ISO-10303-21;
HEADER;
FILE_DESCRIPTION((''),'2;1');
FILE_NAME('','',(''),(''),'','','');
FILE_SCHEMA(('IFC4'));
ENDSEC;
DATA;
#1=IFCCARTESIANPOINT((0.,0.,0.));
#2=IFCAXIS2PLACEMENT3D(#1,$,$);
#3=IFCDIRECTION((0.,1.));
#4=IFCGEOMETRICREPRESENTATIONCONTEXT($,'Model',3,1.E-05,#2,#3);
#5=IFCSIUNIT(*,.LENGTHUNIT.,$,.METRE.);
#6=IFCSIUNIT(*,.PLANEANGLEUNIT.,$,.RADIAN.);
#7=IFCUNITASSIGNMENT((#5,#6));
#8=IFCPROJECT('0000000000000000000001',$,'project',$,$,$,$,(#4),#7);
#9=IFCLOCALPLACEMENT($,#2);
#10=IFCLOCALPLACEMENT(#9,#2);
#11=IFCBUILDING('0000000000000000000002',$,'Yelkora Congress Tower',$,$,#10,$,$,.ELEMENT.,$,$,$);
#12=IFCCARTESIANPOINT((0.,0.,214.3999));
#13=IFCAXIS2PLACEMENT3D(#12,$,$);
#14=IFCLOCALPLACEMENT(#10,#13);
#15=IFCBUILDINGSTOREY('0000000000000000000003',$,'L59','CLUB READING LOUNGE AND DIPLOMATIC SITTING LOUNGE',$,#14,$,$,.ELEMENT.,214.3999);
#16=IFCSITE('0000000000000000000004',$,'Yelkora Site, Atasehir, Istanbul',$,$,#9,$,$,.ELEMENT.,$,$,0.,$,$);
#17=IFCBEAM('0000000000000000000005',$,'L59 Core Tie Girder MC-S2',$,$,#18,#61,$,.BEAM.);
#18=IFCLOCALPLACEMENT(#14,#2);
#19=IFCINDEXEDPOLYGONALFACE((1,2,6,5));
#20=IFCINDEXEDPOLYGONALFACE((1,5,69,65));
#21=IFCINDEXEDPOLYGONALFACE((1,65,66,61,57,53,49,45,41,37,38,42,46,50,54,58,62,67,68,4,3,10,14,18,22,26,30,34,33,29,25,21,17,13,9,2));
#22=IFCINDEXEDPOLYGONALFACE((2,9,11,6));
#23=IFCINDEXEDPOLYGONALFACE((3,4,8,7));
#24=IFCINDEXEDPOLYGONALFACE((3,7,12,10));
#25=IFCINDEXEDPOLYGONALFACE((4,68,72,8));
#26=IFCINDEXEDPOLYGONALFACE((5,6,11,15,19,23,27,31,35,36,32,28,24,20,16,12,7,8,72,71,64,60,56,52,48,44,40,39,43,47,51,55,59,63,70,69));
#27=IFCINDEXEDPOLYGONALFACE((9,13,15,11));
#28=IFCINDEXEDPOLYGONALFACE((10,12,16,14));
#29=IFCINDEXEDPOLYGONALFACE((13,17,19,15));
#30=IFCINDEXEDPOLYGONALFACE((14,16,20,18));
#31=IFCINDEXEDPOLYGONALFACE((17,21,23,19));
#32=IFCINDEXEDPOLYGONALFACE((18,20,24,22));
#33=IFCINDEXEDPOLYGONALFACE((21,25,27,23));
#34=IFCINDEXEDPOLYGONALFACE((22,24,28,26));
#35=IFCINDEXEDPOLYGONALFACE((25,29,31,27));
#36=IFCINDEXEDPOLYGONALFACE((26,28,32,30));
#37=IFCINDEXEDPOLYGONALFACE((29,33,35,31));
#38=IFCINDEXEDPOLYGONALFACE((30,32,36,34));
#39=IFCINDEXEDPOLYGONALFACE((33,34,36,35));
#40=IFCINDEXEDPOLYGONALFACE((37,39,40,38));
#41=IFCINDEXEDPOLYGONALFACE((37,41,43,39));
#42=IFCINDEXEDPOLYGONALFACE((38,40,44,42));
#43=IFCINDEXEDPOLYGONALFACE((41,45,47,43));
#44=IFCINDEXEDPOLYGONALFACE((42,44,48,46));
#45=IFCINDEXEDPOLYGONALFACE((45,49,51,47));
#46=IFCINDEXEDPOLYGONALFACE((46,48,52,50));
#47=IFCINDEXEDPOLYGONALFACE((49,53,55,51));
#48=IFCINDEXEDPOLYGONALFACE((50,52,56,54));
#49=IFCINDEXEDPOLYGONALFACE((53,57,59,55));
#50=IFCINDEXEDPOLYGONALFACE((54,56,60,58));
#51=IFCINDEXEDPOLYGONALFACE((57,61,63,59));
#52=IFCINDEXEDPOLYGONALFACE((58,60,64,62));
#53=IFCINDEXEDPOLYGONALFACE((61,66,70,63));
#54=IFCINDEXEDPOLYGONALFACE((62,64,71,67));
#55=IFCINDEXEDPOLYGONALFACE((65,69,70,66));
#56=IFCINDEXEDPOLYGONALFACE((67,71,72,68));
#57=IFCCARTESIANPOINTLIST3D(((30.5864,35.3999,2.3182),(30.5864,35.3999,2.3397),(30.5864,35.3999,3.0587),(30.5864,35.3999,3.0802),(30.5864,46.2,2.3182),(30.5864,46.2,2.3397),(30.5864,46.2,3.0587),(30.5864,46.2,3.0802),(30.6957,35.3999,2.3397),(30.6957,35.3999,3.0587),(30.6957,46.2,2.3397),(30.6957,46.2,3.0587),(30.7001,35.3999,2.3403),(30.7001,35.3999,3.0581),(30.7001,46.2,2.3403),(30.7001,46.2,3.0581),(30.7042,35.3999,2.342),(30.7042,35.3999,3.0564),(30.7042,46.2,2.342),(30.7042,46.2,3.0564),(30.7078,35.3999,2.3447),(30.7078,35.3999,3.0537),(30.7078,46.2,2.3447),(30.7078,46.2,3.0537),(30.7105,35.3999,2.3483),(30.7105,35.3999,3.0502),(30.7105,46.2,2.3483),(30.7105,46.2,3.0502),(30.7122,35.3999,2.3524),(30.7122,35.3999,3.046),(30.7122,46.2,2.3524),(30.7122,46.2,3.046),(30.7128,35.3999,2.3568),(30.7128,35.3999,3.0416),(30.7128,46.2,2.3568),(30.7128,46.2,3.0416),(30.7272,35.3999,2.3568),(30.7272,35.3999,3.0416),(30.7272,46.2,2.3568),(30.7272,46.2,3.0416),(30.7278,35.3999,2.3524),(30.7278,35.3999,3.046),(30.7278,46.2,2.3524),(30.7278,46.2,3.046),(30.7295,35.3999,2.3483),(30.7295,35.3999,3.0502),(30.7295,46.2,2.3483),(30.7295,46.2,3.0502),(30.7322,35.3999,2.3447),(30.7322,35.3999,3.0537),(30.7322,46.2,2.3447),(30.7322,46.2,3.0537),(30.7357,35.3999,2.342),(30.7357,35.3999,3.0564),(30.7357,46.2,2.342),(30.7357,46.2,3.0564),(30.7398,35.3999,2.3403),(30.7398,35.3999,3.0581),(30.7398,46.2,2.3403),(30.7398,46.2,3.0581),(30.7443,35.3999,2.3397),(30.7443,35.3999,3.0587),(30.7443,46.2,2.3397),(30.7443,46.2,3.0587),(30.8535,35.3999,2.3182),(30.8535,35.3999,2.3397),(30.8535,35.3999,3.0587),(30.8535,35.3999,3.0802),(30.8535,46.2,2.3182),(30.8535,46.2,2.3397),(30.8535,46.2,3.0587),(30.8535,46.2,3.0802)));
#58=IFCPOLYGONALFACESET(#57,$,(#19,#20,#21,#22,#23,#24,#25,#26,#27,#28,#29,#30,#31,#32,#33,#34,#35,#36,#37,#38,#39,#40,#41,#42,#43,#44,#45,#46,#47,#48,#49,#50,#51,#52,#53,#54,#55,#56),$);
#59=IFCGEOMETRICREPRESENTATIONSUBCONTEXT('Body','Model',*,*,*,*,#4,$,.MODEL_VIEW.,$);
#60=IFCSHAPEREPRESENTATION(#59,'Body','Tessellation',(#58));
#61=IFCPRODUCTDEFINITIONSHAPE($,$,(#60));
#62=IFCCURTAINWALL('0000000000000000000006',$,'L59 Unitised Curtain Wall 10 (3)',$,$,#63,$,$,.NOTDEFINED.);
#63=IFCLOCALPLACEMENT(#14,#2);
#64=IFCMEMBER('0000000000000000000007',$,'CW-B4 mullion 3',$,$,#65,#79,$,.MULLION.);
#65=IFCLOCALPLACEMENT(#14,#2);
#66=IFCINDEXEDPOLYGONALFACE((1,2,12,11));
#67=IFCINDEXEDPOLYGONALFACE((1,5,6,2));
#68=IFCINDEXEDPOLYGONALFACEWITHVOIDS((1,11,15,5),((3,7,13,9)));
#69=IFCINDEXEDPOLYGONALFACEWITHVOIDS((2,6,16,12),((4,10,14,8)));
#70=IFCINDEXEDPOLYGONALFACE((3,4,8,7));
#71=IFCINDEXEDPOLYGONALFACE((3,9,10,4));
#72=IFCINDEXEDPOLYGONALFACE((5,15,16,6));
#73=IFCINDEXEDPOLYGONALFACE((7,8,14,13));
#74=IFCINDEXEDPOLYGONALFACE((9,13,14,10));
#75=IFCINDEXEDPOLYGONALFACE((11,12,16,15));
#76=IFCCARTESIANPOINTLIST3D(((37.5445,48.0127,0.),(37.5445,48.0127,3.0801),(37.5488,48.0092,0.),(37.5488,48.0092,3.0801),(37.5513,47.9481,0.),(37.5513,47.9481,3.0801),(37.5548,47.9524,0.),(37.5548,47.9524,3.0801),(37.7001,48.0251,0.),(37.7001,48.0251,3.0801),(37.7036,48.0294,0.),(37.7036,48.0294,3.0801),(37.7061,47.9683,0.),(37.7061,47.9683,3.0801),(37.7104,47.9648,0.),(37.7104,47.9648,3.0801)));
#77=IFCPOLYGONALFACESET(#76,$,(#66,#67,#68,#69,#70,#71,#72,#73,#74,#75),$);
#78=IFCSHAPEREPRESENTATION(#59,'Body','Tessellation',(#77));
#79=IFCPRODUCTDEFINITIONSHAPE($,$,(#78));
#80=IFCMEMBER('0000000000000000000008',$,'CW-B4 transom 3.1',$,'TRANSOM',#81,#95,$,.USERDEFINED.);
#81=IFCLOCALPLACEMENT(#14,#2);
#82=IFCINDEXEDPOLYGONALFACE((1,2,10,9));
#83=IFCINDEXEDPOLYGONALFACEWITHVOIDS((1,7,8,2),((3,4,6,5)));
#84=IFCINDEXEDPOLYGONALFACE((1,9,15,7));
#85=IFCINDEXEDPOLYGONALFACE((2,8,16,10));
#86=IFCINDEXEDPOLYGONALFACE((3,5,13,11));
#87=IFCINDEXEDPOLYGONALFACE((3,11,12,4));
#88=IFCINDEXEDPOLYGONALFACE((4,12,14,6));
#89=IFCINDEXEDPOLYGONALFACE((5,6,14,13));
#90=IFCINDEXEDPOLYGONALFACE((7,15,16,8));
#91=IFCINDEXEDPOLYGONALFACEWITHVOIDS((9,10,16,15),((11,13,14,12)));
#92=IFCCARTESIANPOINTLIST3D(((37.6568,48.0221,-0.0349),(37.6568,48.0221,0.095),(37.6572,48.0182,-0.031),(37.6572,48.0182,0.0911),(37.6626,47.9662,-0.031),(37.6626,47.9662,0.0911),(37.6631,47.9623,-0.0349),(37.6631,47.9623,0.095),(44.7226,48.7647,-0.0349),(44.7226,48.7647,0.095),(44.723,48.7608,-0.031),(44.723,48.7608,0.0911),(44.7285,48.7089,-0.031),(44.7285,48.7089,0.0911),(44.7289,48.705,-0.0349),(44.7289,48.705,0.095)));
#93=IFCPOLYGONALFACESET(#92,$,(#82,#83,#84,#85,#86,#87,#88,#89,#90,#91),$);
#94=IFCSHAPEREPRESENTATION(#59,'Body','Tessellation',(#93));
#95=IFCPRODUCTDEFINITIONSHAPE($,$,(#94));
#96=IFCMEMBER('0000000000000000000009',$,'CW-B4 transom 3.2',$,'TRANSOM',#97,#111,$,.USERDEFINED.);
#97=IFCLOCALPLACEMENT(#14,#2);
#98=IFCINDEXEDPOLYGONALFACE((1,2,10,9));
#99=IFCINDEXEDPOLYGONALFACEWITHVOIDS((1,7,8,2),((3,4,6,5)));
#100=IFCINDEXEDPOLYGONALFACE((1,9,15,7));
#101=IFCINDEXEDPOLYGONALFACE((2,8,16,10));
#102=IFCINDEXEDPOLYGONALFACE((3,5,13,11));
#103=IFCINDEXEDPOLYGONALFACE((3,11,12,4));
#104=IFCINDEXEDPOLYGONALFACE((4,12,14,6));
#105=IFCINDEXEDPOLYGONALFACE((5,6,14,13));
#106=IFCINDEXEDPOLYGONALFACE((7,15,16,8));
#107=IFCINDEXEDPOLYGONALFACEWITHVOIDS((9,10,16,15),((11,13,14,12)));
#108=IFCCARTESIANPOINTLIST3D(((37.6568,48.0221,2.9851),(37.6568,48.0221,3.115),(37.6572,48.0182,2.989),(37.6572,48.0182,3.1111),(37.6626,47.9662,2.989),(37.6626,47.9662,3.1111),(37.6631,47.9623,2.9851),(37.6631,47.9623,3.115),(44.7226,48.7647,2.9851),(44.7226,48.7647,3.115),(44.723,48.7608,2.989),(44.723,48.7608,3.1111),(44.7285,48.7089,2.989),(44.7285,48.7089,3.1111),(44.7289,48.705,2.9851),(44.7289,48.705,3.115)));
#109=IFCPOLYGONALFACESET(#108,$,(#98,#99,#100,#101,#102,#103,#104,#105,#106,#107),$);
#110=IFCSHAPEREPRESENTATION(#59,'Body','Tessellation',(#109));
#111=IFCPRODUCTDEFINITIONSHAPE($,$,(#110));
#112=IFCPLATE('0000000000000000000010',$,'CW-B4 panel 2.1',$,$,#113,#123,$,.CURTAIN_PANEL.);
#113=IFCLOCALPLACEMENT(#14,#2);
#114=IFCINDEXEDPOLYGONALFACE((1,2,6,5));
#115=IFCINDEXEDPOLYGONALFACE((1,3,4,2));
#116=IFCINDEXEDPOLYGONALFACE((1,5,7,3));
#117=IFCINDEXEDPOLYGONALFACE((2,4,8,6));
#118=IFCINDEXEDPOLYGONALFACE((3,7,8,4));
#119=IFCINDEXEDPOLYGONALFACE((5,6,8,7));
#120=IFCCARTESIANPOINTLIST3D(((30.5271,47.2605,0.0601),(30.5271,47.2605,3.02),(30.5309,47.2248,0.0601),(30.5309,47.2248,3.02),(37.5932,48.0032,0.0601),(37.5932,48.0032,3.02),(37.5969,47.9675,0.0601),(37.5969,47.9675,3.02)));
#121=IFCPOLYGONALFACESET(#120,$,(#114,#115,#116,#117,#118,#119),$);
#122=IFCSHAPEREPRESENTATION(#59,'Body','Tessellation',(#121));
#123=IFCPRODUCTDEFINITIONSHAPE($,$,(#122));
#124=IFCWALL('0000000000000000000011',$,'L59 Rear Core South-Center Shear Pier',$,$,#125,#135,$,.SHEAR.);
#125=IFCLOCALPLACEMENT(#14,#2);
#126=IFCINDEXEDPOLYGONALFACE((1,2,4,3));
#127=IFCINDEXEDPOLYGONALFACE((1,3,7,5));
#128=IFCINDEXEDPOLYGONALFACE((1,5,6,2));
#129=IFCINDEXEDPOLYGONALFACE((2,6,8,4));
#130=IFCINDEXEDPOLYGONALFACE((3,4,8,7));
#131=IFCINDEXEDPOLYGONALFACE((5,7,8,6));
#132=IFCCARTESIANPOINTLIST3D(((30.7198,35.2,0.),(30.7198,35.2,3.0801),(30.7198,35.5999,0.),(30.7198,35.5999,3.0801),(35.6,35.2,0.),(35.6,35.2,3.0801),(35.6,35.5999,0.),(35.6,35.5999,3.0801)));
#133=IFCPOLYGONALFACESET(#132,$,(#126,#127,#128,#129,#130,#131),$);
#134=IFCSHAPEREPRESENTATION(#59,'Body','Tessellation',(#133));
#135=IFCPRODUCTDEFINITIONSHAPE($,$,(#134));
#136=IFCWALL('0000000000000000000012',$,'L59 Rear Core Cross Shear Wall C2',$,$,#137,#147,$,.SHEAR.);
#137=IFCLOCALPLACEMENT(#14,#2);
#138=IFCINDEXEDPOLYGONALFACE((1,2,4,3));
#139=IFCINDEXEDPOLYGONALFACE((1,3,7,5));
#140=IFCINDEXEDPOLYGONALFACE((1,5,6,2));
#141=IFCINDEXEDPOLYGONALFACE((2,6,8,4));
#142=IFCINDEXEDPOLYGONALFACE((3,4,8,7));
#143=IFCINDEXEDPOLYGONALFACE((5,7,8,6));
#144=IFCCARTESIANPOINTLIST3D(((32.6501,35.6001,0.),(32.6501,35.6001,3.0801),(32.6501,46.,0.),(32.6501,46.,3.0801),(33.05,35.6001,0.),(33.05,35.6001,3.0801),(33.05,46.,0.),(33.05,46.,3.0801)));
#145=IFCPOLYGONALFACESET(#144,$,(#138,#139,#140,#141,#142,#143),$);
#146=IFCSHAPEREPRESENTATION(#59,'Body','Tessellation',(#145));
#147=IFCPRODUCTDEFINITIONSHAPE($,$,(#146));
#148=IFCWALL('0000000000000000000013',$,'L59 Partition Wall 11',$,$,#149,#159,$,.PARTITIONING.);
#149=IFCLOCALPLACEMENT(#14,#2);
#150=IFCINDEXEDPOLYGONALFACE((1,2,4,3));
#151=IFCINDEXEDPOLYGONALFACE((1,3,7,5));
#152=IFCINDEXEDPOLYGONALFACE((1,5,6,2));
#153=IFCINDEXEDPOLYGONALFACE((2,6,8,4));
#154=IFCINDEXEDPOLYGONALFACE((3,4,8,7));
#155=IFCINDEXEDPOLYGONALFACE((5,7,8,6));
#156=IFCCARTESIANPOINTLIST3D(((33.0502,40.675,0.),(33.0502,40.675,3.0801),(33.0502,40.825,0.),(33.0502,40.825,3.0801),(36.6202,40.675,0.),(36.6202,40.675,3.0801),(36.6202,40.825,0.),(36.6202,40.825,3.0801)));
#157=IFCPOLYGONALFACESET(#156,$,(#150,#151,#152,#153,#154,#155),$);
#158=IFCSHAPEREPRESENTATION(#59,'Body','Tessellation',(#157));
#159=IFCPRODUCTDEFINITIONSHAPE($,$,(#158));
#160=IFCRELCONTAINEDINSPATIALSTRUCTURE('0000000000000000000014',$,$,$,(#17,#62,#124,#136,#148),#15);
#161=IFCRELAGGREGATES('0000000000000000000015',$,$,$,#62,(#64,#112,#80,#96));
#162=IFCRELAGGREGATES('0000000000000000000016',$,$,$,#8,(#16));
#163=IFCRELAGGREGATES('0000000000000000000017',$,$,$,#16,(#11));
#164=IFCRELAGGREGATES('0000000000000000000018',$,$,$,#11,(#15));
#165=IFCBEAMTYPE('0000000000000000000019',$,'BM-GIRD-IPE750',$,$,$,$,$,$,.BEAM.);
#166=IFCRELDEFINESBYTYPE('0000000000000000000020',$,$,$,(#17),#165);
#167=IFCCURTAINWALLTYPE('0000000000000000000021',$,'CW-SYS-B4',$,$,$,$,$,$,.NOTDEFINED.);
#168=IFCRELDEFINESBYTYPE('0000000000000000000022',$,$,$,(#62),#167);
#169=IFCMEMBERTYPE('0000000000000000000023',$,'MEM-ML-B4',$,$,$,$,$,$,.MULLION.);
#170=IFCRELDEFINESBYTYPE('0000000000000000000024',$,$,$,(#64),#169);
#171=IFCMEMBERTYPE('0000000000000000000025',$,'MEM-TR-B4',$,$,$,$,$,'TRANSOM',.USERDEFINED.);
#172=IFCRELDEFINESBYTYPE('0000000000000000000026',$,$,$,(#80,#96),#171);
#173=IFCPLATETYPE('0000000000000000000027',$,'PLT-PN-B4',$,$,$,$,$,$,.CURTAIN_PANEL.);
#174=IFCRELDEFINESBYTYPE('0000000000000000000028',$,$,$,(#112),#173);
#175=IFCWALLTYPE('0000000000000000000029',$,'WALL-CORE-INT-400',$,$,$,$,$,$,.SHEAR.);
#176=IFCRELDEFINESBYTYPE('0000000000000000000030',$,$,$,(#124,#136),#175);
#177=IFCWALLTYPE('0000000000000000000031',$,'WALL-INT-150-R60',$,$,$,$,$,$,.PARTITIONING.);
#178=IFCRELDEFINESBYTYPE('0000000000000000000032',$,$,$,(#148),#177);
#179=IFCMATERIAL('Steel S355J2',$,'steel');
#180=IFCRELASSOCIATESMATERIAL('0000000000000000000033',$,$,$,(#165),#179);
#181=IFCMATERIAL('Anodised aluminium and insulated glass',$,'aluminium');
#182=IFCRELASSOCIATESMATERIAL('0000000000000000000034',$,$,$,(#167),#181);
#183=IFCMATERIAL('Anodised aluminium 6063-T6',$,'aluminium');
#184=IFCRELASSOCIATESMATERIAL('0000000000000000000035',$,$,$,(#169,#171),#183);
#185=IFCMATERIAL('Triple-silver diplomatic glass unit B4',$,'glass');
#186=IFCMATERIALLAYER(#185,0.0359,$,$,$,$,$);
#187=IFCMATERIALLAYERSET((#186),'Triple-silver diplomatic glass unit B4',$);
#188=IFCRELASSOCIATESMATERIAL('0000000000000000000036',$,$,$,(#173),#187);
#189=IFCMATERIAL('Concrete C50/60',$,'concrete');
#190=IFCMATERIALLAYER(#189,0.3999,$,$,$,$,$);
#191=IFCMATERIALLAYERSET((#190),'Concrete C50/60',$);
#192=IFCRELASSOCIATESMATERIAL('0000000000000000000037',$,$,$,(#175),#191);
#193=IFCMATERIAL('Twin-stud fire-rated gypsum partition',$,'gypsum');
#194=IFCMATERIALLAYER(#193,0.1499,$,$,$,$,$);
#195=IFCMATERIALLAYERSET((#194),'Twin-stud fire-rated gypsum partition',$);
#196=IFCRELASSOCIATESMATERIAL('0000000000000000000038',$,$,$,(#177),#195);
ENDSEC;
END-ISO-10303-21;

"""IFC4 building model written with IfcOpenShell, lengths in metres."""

from ifc_helpers import new_model, si_unit, direction, frame, frame_2d, origin, origin_2d, place, context, subcontext, project, spatial, rectangle, hollow_rectangle, i_section, extrude, material, layer, layer_set, material_profile, profile_set, type_object, element, aggregate, save


model = new_model("IFC4")

# Units and contexts
model_context = context("Model", 3, precision=1e-05, world=origin(), true_north=direction((0.0, 1.0)))
body_context = subcontext(model_context, "Body", "Model", "MODEL_VIEW")
ifc_project = project(units=[si_unit("LENGTHUNIT", "METRE"), si_unit("PLANEANGLEUNIT", "RADIAN")], contexts=[model_context])

# Site, building, storey
site_placement = place(None, origin())
site = spatial("IfcSite", under=ifc_project, at=site_placement, Name="Yelkora Site, Atasehir, Istanbul", CompositionType="ELEMENT", RefElevation=0.0)
building_placement = place(site_placement, origin())
building = spatial("IfcBuilding", under=site, at=building_placement, Name="Yelkora Congress Tower", CompositionType="ELEMENT")
storey_placement = place(building_placement, frame((0.0, 0.0, 214.3999)))
storey = spatial("IfcBuildingStorey", under=building, at=storey_placement, Name="L59", Description="CLUB READING LOUNGE AND DIPLOMATIC SITTING LOUNGE", CompositionType="ELEMENT", Elevation=214.3999)

# Beam
ifc_material_1 = material(Name="Steel S355J2", Category="steel")
ifc_material_profile_1 = material_profile(ifc_material_1, i_section(OverallWidth=0.2671, OverallDepth=0.762, WebThickness=0.0144, FlangeThickness=0.0215, FilletRadius=0.0171, at=origin_2d()), Name="IPE 750x173")
ifc_profile_set_1 = profile_set([ifc_material_profile_1], Name="Steel S355J2")
beam_type = type_object("IfcBeamType", Name="BM-GIRD-IPE750", PredefinedType="BEAM", material=ifc_profile_set_1)
beam_1_placement = place(storey_placement, frame((30.72, 35.3999, 2.6992), z_axis=(0.0, 1.0, 0.0), x_axis=(-1.0, 0.0, 0.0)))
element("IfcBeam", 1, at=beam_1_placement, inside=storey, type_object=beam_type, Name="L59 Core Tie Girder MC-S2", PredefinedType="BEAM", context=body_context, shape_type="SweptSolid", body=[
    extrude(i_section(OverallWidth=0.2671, OverallDepth=0.762, WebThickness=0.0144, FlangeThickness=0.0215, FilletRadius=0.0171, at=origin_2d()), origin(), (0.0, 0.0, 1.0), 10.8),
])

# Curtain wall, members, plate
ifc_material_2 = material(Name="Anodised aluminium and insulated glass", Category="aluminium")
curtain_wall_type = type_object("IfcCurtainWallType", Name="CW-SYS-B4", PredefinedType="NOTDEFINED", material=ifc_material_2)
curtain_wall_placement = place(storey_placement, origin())
curtain_wall = element("IfcCurtainWall", 2, at=curtain_wall_placement, inside=storey, type_object=curtain_wall_type, Name="L59 Unitised Curtain Wall 10 (3)", PredefinedType="NOTDEFINED")
ifc_material_3 = material(Name="Anodised aluminium 6063-T6", Category="aluminium")
ifc_material_profile_2 = material_profile(ifc_material_3, hollow_rectangle(XDim=0.0649, YDim=0.1599, WallThickness=0.0039, at=origin_2d()), Name="ALU 65x160x4")
ifc_profile_set_2 = profile_set([ifc_material_profile_2], Name="Anodised aluminium 6063-T6")
member_type_1 = type_object("IfcMemberType", Name="MEM-ML-B4", PredefinedType="MULLION", material=ifc_profile_set_2)
member_1_placement = place(storey_placement, frame((37.6274, 47.9888, 0.0), z_axis=(0.0, 0.0, 1.0), x_axis=(-0.104528, 0.994522, 0.0)))
member_1 = element("IfcMember", 3, at=member_1_placement, type_object=member_type_1, Name="CW-B4 mullion 3", PredefinedType="MULLION", context=body_context, shape_type="SweptSolid", body=[
    extrude(hollow_rectangle(XDim=0.0649, YDim=0.1599, WallThickness=0.0039, at=origin_2d()), origin(), (0.0, 0.0, 1.0), 3.0801),
])
ifc_material_profile_3 = material_profile(ifc_material_3, hollow_rectangle(XDim=0.0601, YDim=0.1299, WallThickness=0.0039, at=origin_2d()), Name="ALU 60x130x4")
ifc_profile_set_3 = profile_set([ifc_material_profile_3], Name="Anodised aluminium 6063-T6")
member_type_2 = type_object("IfcMemberType", Name="MEM-TR-B4", ElementType="TRANSOM", PredefinedType="USERDEFINED", material=ifc_profile_set_3)
member_2_placement = place(storey_placement, frame((37.6599, 47.9922, 0.03), z_axis=(0.994522, 0.104531, 0.0), x_axis=(-0.104531, 0.994522, 0.0)))
member_2 = element("IfcMember", 4, at=member_2_placement, type_object=member_type_2, Name="CW-B4 transom 3.1", ObjectType="TRANSOM", PredefinedType="USERDEFINED", context=body_context, shape_type="SweptSolid", body=[
    extrude(hollow_rectangle(XDim=0.0601, YDim=0.1299, WallThickness=0.0039, at=origin_2d()), origin(), (0.0, 0.0, 1.0), 7.1047),
])
member_3_placement = place(storey_placement, frame((37.6599, 47.9922, 3.05), z_axis=(0.994522, 0.104531, 0.0), x_axis=(-0.104531, 0.994522, 0.0)))
member_3 = element("IfcMember", 5, at=member_3_placement, type_object=member_type_2, Name="CW-B4 transom 3.2", ObjectType="TRANSOM", PredefinedType="USERDEFINED", context=body_context, shape_type="SweptSolid", body=[
    extrude(hollow_rectangle(XDim=0.0601, YDim=0.1299, WallThickness=0.0039, at=origin_2d()), origin(), (0.0, 0.0, 1.0), 7.1047),
])
ifc_material_4 = material(Name="Triple-silver diplomatic glass unit B4", Category="glass")
ifc_layer_1 = layer(ifc_material_4, 0.0359)
ifc_layer_set_1 = layer_set([ifc_layer_1], Name="Triple-silver diplomatic glass unit B4")
plate_type = type_object("IfcPlateType", Name="PLT-PN-B4", PredefinedType="CURTAIN_PANEL", material=ifc_layer_set_1)
plate_placement = place(storey_placement, frame((34.062, 47.614, 0.0601), z_axis=(0.0, 0.0, 1.0), x_axis=(0.994522, 0.104528, 0.0)))
plate = element("IfcPlate", 6, at=plate_placement, type_object=plate_type, Name="CW-B4 panel 2.1", PredefinedType="CURTAIN_PANEL", context=body_context, shape_type="SweptSolid", body=[
    extrude(rectangle(XDim=7.105, YDim=0.0359, at=origin_2d()), origin(), (0.0, 0.0, 1.0), 2.96),
])
aggregate(curtain_wall, [member_1, plate, member_2, member_3])

# Walls
ifc_material_5 = material(Name="Concrete C50/60", Category="concrete")
ifc_layer_2 = layer(ifc_material_5, 0.3999)
ifc_layer_set_2 = layer_set([ifc_layer_2], Name="Concrete C50/60")
wall_type_1 = type_object("IfcWallType", Name="WALL-CORE-INT-400", PredefinedType="SHEAR", material=ifc_layer_set_2)
wall_1_placement = place(storey_placement, frame((30.72, 35.3999, 0.0), z_axis=(0.0, 0.0, 1.0), x_axis=(1.0, 0.0, 0.0)))
element("IfcWall", 7, at=wall_1_placement, inside=storey, type_object=wall_type_1, Name="L59 Rear Core South-Center Shear Pier", PredefinedType="SHEAR", context=body_context, shape_type="SweptSolid", body=[
    extrude(rectangle(XDim=4.8801, YDim=0.3999, at=frame_2d((2.4399, 0.0))), origin(), (0.0, 0.0, 1.0), 3.0801),
])
wall_2_placement = place(storey_placement, frame((32.8501, 35.6001, 0.0), z_axis=(0.0, 0.0, 1.0), x_axis=(0.0, 1.0, 0.0)))
element("IfcWall", 8, at=wall_2_placement, inside=storey, type_object=wall_type_1, Name="L59 Rear Core Cross Shear Wall C2", PredefinedType="SHEAR", context=body_context, shape_type="SweptSolid", body=[
    extrude(rectangle(XDim=10.3999, YDim=0.3999, at=frame_2d((5.2, 0.0))), origin(), (0.0, 0.0, 1.0), 3.0801),
])
ifc_material_6 = material(Name="Twin-stud fire-rated gypsum partition", Category="gypsum")
ifc_layer_3 = layer(ifc_material_6, 0.1499)
ifc_layer_set_3 = layer_set([ifc_layer_3], Name="Twin-stud fire-rated gypsum partition")
wall_type_2 = type_object("IfcWallType", Name="WALL-INT-150-R60", PredefinedType="PARTITIONING", material=ifc_layer_set_3)
wall_3_placement = place(storey_placement, frame((33.05, 40.75, 0.0), z_axis=(0.0, 0.0, 1.0), x_axis=(1.0, 0.0, 0.0)))
element("IfcWall", 9, at=wall_3_placement, inside=storey, type_object=wall_type_2, Name="L59 Partition Wall 11", PredefinedType="PARTITIONING", context=body_context, shape_type="SweptSolid", body=[
    extrude(rectangle(XDim=3.5701, YDim=0.1499, at=frame_2d((1.7852, 0.0))), origin(), (0.0, 0.0, 1.0), 3.0801),
])

save(model, "model.ifc")
